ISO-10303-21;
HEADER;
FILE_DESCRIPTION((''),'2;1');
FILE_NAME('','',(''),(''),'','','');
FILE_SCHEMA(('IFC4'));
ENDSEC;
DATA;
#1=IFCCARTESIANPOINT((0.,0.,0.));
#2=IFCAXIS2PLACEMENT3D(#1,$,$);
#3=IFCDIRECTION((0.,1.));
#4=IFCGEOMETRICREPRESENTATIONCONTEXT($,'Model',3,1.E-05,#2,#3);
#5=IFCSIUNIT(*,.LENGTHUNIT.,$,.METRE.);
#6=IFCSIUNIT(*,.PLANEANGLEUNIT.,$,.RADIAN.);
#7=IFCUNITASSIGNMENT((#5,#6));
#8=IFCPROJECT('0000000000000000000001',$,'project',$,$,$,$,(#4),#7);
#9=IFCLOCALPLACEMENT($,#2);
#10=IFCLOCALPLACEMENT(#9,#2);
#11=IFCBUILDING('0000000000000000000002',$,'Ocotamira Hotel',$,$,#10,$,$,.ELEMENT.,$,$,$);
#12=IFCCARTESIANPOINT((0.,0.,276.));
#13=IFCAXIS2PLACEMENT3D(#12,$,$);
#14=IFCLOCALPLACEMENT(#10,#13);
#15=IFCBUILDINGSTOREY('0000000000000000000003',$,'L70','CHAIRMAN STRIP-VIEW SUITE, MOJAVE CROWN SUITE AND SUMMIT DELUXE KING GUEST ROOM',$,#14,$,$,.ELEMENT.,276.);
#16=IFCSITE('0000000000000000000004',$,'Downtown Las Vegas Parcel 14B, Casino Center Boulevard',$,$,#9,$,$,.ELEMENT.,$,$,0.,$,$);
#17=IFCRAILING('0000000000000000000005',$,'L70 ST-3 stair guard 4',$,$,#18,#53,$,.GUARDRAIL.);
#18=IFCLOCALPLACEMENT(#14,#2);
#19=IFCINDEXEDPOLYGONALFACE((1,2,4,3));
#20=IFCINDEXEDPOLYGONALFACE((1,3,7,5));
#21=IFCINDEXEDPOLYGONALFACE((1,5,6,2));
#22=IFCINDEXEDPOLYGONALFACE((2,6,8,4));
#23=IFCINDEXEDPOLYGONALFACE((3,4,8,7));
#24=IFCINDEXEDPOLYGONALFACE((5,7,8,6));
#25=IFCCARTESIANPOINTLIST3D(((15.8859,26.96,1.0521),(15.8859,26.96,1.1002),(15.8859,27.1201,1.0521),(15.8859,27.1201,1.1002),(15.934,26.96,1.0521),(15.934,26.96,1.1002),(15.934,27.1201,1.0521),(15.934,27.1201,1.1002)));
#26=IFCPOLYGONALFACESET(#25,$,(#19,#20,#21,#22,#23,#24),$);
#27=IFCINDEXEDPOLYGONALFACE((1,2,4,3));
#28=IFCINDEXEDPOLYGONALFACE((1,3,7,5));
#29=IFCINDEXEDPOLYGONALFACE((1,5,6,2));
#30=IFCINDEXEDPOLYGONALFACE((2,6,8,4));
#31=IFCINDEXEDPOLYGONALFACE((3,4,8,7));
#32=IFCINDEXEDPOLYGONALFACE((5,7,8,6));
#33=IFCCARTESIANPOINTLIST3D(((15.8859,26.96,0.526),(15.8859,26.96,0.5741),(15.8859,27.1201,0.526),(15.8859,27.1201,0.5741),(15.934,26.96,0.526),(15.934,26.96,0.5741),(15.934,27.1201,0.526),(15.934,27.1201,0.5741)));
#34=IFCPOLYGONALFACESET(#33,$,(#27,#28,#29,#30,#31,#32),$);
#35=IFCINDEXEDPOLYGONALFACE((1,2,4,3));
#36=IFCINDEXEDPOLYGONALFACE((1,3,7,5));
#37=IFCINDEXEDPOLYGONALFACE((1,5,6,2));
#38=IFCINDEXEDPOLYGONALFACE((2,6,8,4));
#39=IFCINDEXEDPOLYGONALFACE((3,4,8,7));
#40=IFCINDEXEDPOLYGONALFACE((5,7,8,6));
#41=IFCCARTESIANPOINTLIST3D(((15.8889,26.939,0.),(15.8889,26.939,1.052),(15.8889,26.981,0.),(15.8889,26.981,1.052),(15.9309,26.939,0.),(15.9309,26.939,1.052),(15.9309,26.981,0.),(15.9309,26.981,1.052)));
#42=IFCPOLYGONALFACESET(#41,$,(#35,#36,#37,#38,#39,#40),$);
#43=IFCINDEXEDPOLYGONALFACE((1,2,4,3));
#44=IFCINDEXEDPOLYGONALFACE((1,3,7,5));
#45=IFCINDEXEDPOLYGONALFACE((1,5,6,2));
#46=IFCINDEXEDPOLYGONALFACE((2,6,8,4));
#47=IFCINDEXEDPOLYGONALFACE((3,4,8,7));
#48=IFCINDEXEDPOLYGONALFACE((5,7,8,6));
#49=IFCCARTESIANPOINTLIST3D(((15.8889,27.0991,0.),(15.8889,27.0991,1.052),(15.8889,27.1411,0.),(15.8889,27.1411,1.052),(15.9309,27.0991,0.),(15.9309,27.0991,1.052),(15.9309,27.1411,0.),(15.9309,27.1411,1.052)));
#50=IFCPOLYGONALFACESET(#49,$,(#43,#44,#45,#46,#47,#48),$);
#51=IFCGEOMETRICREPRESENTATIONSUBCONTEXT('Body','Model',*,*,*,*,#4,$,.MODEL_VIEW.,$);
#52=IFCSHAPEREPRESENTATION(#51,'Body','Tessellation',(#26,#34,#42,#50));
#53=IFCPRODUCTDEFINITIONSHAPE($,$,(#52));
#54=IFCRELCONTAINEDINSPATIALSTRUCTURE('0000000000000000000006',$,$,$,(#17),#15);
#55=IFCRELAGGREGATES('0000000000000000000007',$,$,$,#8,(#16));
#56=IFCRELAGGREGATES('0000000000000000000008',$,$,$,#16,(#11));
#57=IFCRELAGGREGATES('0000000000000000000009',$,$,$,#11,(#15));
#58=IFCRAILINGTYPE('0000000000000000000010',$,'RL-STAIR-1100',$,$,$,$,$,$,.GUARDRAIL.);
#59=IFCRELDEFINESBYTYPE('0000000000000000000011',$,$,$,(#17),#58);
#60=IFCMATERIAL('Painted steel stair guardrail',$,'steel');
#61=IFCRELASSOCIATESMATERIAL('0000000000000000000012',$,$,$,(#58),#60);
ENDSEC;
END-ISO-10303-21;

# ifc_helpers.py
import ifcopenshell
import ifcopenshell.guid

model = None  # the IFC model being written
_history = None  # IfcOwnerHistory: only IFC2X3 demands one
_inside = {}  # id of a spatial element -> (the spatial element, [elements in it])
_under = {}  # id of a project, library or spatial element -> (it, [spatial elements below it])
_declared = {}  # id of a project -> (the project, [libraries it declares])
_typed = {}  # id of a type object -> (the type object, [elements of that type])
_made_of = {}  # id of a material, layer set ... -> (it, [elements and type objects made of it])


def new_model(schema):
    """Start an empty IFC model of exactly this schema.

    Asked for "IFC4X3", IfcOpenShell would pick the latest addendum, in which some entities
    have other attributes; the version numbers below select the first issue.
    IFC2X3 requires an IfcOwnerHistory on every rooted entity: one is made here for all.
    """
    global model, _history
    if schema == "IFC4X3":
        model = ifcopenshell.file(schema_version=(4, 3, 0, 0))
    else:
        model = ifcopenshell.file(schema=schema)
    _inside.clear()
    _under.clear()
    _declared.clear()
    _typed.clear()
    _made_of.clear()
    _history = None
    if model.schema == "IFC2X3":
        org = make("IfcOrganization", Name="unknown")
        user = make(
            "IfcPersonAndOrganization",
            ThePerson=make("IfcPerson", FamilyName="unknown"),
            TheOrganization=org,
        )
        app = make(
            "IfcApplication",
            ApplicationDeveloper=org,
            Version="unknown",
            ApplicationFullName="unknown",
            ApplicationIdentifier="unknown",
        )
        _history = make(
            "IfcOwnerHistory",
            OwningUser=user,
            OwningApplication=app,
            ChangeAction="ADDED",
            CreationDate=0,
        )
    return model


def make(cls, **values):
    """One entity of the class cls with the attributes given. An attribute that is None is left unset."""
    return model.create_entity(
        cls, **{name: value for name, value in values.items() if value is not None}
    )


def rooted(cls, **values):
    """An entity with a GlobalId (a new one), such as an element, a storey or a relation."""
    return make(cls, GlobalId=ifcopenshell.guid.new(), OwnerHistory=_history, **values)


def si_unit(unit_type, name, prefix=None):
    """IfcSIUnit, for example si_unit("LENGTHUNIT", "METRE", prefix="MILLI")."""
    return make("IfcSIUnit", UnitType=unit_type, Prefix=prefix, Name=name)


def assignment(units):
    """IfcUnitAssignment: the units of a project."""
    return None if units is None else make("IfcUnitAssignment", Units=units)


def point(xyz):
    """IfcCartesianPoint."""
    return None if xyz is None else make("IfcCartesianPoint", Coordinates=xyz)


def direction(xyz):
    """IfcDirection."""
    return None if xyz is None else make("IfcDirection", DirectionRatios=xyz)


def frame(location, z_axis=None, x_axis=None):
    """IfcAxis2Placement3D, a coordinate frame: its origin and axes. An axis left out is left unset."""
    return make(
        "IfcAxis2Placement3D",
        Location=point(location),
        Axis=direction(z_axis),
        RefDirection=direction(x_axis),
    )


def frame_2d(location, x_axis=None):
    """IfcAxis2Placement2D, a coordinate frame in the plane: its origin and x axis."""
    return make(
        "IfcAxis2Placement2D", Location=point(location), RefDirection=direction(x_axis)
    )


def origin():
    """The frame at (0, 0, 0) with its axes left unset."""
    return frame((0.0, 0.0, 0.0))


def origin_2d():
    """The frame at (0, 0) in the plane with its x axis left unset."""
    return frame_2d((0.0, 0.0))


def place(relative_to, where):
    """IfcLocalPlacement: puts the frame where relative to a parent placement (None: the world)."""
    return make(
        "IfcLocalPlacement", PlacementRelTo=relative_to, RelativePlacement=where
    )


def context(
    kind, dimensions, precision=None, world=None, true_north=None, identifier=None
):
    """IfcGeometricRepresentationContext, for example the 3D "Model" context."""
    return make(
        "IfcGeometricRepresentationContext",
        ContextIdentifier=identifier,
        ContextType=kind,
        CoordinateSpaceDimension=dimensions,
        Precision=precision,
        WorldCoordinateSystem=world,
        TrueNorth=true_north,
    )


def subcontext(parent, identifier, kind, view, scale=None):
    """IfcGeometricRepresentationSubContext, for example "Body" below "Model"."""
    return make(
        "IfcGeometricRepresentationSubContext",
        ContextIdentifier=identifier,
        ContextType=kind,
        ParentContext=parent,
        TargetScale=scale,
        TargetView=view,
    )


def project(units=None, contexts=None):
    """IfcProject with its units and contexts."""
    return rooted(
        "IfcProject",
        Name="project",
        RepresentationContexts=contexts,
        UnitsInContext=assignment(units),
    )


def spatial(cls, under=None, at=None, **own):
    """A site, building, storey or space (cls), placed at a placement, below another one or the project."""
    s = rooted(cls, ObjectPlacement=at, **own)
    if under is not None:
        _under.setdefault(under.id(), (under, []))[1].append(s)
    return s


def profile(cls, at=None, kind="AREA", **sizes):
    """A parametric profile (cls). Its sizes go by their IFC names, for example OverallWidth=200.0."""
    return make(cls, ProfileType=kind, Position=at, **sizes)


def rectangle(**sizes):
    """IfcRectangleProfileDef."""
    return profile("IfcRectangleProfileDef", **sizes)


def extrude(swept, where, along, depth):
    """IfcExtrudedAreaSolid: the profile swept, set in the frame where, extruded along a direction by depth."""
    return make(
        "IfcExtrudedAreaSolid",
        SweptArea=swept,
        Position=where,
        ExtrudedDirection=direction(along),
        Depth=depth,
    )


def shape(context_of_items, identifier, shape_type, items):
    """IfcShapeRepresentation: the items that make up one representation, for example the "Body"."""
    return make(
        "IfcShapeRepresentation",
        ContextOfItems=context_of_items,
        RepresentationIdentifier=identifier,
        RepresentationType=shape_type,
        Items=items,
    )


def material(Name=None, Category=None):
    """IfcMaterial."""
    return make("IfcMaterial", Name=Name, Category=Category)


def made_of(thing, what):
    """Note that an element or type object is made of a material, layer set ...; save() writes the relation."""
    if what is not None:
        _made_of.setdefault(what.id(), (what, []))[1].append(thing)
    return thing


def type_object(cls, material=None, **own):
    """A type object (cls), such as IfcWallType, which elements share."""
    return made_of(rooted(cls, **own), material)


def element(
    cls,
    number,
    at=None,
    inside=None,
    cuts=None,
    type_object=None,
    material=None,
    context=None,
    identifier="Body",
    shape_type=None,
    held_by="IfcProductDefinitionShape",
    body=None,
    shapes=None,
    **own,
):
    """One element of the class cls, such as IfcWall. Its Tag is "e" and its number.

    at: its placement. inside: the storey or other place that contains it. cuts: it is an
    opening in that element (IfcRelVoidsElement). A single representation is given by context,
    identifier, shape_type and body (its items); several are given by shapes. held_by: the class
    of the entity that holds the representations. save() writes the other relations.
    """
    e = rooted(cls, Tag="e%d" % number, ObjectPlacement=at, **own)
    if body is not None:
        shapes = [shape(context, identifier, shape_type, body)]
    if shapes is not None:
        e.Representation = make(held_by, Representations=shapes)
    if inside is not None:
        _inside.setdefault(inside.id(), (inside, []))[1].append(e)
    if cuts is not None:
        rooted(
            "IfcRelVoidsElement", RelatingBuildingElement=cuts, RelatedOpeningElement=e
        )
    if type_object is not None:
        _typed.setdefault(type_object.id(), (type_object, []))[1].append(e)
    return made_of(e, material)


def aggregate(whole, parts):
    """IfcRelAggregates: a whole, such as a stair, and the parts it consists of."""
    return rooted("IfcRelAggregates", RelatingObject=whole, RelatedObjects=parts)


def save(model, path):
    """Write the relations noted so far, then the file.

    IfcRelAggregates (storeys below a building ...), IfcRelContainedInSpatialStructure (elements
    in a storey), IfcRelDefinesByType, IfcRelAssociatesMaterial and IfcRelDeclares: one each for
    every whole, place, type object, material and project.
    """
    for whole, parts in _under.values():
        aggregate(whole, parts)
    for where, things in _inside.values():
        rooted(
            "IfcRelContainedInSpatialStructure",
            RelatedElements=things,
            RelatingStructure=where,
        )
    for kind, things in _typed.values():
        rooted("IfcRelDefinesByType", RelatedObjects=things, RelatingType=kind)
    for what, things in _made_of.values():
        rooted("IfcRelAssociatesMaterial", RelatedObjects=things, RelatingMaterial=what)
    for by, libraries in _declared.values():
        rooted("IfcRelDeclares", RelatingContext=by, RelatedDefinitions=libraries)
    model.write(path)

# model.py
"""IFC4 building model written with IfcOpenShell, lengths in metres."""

from ifc_helpers import new_model, si_unit, direction, frame, origin, origin_2d, place, context, subcontext, project, spatial, rectangle, extrude, material, type_object, element, save


model = new_model("IFC4")

# Units and contexts
model_context = context("Model", 3, precision=1e-05, world=origin(), true_north=direction((0.0, 1.0)))
body_context = subcontext(model_context, "Body", "Model", "MODEL_VIEW")
ifc_project = project(units=[si_unit("LENGTHUNIT", "METRE"), si_unit("PLANEANGLEUNIT", "RADIAN")], contexts=[model_context])

# Site, building, storey
site_placement = place(None, origin())
site = spatial("IfcSite", under=ifc_project, at=site_placement, Name="Downtown Las Vegas Parcel 14B, Casino Center Boulevard", CompositionType="ELEMENT", RefElevation=0.0)
building_placement = place(site_placement, origin())
building = spatial("IfcBuilding", under=site, at=building_placement, Name="Ocotamira Hotel", CompositionType="ELEMENT")
storey_placement = place(building_placement, frame((0.0, 0.0, 276.0)))
storey = spatial("IfcBuildingStorey", under=building, at=storey_placement, Name="L70", Description="CHAIRMAN STRIP-VIEW SUITE, MOJAVE CROWN SUITE AND SUMMIT DELUXE KING GUEST ROOM", CompositionType="ELEMENT", Elevation=276.0)

# Railing
ifc_material_1 = material(Name="Painted steel stair guardrail", Category="steel")
railing_type_1 = type_object("IfcRailingType", Name="RL-STAIR-1100", PredefinedType="GUARDRAIL", material=ifc_material_1)
railing_1_placement = place(storey_placement, frame((15.9099, 26.96, 0.0)))
element("IfcRailing", 1, at=railing_1_placement, inside=storey, type_object=railing_type_1, Name="L70 ST-3 stair guard 4", PredefinedType="GUARDRAIL", context=body_context, shape_type="SweptSolid", body=[
    extrude(rectangle(XDim=0.0481, YDim=0.0481, at=origin_2d()), frame((0.0, 0.0, 1.0762), z_axis=(0.0, 1.0, 0.0), x_axis=(-1.0, 0.0, 0.0)), (0.0, 0.0, 1.0), 0.1602),
    extrude(rectangle(XDim=0.0481, YDim=0.0481, at=origin_2d()), frame((0.0, 0.0, 0.55), z_axis=(0.0, 1.0, 0.0), x_axis=(-1.0, 0.0, 0.0)), (0.0, 0.0, 1.0), 0.1602),
    extrude(rectangle(XDim=0.042, YDim=0.042, at=origin_2d()), origin(), (0.0, 0.0, 1.0), 1.052),
    extrude(rectangle(XDim=0.042, YDim=0.042, at=origin_2d()), frame((0.0, 0.1602, 0.0)), (0.0, 0.0, 1.0), 1.052),
])

save(model, "model.ifc")
